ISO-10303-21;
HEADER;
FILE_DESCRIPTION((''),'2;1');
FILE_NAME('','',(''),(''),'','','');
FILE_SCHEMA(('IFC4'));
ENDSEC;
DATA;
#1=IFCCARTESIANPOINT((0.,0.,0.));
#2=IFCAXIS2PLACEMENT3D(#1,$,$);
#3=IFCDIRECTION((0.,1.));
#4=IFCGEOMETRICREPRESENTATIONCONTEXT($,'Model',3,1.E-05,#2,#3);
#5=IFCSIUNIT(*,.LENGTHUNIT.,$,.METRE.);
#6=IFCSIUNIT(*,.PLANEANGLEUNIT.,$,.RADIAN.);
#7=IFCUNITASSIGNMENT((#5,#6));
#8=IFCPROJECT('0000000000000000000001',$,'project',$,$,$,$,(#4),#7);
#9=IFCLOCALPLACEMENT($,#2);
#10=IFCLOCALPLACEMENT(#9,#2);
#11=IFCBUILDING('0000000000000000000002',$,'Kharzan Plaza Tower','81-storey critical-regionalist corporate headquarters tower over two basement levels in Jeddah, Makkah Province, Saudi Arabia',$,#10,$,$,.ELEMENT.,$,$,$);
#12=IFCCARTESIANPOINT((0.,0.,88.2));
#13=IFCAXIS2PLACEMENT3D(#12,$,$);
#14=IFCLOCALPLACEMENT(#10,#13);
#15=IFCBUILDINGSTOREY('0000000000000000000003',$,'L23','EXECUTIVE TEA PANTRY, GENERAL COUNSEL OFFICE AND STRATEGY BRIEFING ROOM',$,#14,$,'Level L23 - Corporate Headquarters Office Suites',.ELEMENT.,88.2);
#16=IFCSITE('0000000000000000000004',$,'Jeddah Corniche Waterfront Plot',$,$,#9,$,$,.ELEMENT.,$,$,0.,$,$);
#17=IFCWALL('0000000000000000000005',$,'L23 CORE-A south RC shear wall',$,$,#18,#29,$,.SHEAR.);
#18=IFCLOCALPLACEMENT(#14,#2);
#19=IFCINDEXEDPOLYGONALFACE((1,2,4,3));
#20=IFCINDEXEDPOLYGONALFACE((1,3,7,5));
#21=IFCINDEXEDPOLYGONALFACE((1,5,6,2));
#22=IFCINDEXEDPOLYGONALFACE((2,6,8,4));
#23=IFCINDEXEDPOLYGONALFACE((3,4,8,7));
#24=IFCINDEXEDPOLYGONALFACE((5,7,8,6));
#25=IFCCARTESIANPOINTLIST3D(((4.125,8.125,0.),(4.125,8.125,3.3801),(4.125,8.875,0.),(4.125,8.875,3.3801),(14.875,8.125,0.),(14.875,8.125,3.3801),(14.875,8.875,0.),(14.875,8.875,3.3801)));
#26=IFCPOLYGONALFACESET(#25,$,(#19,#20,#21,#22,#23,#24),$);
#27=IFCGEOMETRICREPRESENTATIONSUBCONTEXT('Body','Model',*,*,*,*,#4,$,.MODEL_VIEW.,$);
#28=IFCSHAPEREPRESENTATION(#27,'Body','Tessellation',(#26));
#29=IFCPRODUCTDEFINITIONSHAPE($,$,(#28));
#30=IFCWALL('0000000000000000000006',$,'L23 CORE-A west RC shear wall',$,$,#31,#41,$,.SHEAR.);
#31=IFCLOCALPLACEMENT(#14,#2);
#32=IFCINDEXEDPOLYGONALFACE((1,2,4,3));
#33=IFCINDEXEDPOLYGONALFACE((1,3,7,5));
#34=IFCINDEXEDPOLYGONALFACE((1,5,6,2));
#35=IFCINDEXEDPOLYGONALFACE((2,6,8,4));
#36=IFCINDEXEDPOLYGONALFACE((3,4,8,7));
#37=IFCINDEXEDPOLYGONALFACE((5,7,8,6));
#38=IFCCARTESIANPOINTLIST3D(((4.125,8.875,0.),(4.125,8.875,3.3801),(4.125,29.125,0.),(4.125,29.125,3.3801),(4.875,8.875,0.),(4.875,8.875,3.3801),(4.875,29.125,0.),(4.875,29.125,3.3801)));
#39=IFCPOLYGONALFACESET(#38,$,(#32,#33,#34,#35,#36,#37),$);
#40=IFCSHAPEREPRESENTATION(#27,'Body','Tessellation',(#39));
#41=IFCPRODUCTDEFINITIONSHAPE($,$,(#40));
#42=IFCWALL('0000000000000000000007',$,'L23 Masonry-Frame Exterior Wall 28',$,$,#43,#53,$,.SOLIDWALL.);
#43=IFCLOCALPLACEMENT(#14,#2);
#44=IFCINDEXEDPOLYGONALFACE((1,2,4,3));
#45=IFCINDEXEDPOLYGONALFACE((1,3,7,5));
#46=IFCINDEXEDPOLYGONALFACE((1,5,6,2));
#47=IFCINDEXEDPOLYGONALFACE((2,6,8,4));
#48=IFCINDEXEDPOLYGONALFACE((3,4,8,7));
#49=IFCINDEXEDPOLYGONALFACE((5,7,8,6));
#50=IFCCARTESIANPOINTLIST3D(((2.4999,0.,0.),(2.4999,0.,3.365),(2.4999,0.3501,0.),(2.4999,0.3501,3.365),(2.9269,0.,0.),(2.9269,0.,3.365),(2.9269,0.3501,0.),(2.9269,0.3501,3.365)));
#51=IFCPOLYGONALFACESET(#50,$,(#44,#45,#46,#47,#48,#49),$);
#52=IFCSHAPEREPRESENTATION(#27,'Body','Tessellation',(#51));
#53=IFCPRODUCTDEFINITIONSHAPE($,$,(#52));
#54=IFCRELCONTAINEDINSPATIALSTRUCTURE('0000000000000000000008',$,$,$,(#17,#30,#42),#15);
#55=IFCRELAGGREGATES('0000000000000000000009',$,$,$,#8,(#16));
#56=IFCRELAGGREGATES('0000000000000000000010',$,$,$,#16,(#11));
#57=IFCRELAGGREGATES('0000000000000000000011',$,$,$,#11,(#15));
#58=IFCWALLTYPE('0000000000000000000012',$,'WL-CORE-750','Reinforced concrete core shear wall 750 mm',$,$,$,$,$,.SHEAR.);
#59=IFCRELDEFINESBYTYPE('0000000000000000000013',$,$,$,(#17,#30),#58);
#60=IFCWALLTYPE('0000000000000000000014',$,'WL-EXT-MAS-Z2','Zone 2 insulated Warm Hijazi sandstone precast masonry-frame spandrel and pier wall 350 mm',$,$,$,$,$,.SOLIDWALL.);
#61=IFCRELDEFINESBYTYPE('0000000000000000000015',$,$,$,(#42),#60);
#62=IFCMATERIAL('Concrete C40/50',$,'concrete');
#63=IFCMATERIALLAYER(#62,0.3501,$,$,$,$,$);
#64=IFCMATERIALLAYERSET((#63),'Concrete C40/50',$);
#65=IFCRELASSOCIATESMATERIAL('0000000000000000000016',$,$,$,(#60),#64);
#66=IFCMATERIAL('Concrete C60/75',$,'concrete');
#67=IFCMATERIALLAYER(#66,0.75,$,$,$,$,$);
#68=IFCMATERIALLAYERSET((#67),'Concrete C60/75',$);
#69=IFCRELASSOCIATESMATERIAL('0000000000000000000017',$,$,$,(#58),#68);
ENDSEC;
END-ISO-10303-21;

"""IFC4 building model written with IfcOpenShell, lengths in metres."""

from ifc_helpers import new_model, si_unit, direction, frame, frame_2d, origin, place, context, subcontext, project, spatial, rectangle, extrude, source, transform, mapped, material, layer, layer_set, type_object, element, save


model = new_model("IFC4")

# Units and contexts
model_context = context("Model", 3, precision=1e-05, world=origin(), true_north=direction((0.0, 1.0)))
body_context = subcontext(model_context, "Body", "Model", "MODEL_VIEW")
ifc_project = project(units=[si_unit("LENGTHUNIT", "METRE"), si_unit("PLANEANGLEUNIT", "RADIAN")], contexts=[model_context])

# Site, building, storey
site_placement = place(None, origin())
site = spatial("IfcSite", under=ifc_project, at=site_placement, Name="Jeddah Corniche Waterfront Plot", CompositionType="ELEMENT", RefElevation=0.0)
building_placement = place(site_placement, origin())
building = spatial("IfcBuilding", under=site, at=building_placement, Name="Kharzan Plaza Tower", Description="81-storey critical-regionalist corporate headquarters tower over two basement levels in Jeddah, Makkah Province, Saudi Arabia", CompositionType="ELEMENT")
storey_placement = place(building_placement, frame((0.0, 0.0, 88.2)))
storey = spatial("IfcBuildingStorey", under=building, at=storey_placement, Name="L23", Description="EXECUTIVE TEA PANTRY, GENERAL COUNSEL OFFICE AND STRATEGY BRIEFING ROOM", LongName="Level L23 - Corporate Headquarters Office Suites", CompositionType="ELEMENT", Elevation=88.2)

# Shared definitions
ifc_material_1 = material(Name="Concrete C60/75", Category="concrete")

# Shared definitions
ifc_material_2 = material(Name="Concrete C40/50", Category="concrete")

# Shared definitions
ifc_layer_1 = layer(ifc_material_2, 0.3501)
ifc_layer_set_1 = layer_set([ifc_layer_1], Name="Concrete C40/50")
wall_type_1 = type_object("IfcWallType", Name="WL-EXT-MAS-Z2", Description="Zone 2 insulated Warm Hijazi sandstone precast masonry-frame spandrel and pier wall 350 mm", PredefinedType="SOLIDWALL", material=ifc_layer_set_1)

# Walls
ifc_layer_2 = layer(ifc_material_1, 0.75)
ifc_layer_set_2 = layer_set([ifc_layer_2], Name="Concrete C60/75")
wall_type_2 = type_object("IfcWallType", Name="WL-CORE-750", Description="Reinforced concrete core shear wall 750 mm", PredefinedType="SHEAR", material=ifc_layer_set_2)
shared_shape_1 = source(origin(), body_context, "Body", "SweptSolid", [
    extrude(rectangle(XDim=10.75, YDim=0.75, at=frame_2d((5.375, 0.0))), origin(), (0.0, 0.0, 1.0), 3.3801),
])
wall_1_placement = place(storey_placement, frame((4.125, 8.5, 0.0), z_axis=(0.0, 0.0, 1.0), x_axis=(1.0, 0.0, 0.0)))
element("IfcWall", 1, at=wall_1_placement, inside=storey, type_object=wall_type_2, Name="L23 CORE-A south RC shear wall", PredefinedType="SHEAR", context=body_context, shape_type="MappedRepresentation", body=[
    mapped(shared_shape_1, transform((0.0, 0.0, 0.0), x_axis=(1.0, 0.0, 0.0), y_axis=(0.0, 1.0, 0.0), z_axis=(0.0, 0.0, 1.0))),
])
shared_shape_2 = source(origin(), body_context, "Body", "SweptSolid", [
    extrude(rectangle(XDim=20.25, YDim=0.75, at=frame_2d((10.125, 0.0))), origin(), (0.0, 0.0, 1.0), 3.3801),
])
wall_2_placement = place(storey_placement, frame((4.5, 8.875, 0.0), z_axis=(0.0, 0.0, 1.0), x_axis=(0.0, 1.0, 0.0)))
element("IfcWall", 2, at=wall_2_placement, inside=storey, type_object=wall_type_2, Name="L23 CORE-A west RC shear wall", PredefinedType="SHEAR", context=body_context, shape_type="MappedRepresentation", body=[
    mapped(shared_shape_2, transform((0.0, 0.0, 0.0), x_axis=(1.0, 0.0, 0.0), y_axis=(0.0, 1.0, 0.0), z_axis=(0.0, 0.0, 1.0))),
])
shared_shape_3 = source(origin(), body_context, "Body", "SweptSolid", [
    extrude(rectangle(XDim=0.427, YDim=0.3501, at=frame_2d((0.2134, 0.0))), origin(), (0.0, 0.0, 1.0), 3.365),
])
wall_3_placement = place(storey_placement, frame((2.5, 0.175, 0.0), z_axis=(0.0, 0.0, 1.0), x_axis=(1.0, 0.0, 0.0)))
element("IfcWall", 3, at=wall_3_placement, inside=storey, type_object=wall_type_1, Name="L23 Masonry-Frame Exterior Wall 28", PredefinedType="SOLIDWALL", context=body_context, shape_type="MappedRepresentation", body=[
    mapped(shared_shape_3, transform((0.0, 0.0, 0.0), x_axis=(1.0, 0.0, 0.0), y_axis=(0.0, 1.0, 0.0), z_axis=(0.0, 0.0, 1.0))),
])

save(model, "model.ifc")
